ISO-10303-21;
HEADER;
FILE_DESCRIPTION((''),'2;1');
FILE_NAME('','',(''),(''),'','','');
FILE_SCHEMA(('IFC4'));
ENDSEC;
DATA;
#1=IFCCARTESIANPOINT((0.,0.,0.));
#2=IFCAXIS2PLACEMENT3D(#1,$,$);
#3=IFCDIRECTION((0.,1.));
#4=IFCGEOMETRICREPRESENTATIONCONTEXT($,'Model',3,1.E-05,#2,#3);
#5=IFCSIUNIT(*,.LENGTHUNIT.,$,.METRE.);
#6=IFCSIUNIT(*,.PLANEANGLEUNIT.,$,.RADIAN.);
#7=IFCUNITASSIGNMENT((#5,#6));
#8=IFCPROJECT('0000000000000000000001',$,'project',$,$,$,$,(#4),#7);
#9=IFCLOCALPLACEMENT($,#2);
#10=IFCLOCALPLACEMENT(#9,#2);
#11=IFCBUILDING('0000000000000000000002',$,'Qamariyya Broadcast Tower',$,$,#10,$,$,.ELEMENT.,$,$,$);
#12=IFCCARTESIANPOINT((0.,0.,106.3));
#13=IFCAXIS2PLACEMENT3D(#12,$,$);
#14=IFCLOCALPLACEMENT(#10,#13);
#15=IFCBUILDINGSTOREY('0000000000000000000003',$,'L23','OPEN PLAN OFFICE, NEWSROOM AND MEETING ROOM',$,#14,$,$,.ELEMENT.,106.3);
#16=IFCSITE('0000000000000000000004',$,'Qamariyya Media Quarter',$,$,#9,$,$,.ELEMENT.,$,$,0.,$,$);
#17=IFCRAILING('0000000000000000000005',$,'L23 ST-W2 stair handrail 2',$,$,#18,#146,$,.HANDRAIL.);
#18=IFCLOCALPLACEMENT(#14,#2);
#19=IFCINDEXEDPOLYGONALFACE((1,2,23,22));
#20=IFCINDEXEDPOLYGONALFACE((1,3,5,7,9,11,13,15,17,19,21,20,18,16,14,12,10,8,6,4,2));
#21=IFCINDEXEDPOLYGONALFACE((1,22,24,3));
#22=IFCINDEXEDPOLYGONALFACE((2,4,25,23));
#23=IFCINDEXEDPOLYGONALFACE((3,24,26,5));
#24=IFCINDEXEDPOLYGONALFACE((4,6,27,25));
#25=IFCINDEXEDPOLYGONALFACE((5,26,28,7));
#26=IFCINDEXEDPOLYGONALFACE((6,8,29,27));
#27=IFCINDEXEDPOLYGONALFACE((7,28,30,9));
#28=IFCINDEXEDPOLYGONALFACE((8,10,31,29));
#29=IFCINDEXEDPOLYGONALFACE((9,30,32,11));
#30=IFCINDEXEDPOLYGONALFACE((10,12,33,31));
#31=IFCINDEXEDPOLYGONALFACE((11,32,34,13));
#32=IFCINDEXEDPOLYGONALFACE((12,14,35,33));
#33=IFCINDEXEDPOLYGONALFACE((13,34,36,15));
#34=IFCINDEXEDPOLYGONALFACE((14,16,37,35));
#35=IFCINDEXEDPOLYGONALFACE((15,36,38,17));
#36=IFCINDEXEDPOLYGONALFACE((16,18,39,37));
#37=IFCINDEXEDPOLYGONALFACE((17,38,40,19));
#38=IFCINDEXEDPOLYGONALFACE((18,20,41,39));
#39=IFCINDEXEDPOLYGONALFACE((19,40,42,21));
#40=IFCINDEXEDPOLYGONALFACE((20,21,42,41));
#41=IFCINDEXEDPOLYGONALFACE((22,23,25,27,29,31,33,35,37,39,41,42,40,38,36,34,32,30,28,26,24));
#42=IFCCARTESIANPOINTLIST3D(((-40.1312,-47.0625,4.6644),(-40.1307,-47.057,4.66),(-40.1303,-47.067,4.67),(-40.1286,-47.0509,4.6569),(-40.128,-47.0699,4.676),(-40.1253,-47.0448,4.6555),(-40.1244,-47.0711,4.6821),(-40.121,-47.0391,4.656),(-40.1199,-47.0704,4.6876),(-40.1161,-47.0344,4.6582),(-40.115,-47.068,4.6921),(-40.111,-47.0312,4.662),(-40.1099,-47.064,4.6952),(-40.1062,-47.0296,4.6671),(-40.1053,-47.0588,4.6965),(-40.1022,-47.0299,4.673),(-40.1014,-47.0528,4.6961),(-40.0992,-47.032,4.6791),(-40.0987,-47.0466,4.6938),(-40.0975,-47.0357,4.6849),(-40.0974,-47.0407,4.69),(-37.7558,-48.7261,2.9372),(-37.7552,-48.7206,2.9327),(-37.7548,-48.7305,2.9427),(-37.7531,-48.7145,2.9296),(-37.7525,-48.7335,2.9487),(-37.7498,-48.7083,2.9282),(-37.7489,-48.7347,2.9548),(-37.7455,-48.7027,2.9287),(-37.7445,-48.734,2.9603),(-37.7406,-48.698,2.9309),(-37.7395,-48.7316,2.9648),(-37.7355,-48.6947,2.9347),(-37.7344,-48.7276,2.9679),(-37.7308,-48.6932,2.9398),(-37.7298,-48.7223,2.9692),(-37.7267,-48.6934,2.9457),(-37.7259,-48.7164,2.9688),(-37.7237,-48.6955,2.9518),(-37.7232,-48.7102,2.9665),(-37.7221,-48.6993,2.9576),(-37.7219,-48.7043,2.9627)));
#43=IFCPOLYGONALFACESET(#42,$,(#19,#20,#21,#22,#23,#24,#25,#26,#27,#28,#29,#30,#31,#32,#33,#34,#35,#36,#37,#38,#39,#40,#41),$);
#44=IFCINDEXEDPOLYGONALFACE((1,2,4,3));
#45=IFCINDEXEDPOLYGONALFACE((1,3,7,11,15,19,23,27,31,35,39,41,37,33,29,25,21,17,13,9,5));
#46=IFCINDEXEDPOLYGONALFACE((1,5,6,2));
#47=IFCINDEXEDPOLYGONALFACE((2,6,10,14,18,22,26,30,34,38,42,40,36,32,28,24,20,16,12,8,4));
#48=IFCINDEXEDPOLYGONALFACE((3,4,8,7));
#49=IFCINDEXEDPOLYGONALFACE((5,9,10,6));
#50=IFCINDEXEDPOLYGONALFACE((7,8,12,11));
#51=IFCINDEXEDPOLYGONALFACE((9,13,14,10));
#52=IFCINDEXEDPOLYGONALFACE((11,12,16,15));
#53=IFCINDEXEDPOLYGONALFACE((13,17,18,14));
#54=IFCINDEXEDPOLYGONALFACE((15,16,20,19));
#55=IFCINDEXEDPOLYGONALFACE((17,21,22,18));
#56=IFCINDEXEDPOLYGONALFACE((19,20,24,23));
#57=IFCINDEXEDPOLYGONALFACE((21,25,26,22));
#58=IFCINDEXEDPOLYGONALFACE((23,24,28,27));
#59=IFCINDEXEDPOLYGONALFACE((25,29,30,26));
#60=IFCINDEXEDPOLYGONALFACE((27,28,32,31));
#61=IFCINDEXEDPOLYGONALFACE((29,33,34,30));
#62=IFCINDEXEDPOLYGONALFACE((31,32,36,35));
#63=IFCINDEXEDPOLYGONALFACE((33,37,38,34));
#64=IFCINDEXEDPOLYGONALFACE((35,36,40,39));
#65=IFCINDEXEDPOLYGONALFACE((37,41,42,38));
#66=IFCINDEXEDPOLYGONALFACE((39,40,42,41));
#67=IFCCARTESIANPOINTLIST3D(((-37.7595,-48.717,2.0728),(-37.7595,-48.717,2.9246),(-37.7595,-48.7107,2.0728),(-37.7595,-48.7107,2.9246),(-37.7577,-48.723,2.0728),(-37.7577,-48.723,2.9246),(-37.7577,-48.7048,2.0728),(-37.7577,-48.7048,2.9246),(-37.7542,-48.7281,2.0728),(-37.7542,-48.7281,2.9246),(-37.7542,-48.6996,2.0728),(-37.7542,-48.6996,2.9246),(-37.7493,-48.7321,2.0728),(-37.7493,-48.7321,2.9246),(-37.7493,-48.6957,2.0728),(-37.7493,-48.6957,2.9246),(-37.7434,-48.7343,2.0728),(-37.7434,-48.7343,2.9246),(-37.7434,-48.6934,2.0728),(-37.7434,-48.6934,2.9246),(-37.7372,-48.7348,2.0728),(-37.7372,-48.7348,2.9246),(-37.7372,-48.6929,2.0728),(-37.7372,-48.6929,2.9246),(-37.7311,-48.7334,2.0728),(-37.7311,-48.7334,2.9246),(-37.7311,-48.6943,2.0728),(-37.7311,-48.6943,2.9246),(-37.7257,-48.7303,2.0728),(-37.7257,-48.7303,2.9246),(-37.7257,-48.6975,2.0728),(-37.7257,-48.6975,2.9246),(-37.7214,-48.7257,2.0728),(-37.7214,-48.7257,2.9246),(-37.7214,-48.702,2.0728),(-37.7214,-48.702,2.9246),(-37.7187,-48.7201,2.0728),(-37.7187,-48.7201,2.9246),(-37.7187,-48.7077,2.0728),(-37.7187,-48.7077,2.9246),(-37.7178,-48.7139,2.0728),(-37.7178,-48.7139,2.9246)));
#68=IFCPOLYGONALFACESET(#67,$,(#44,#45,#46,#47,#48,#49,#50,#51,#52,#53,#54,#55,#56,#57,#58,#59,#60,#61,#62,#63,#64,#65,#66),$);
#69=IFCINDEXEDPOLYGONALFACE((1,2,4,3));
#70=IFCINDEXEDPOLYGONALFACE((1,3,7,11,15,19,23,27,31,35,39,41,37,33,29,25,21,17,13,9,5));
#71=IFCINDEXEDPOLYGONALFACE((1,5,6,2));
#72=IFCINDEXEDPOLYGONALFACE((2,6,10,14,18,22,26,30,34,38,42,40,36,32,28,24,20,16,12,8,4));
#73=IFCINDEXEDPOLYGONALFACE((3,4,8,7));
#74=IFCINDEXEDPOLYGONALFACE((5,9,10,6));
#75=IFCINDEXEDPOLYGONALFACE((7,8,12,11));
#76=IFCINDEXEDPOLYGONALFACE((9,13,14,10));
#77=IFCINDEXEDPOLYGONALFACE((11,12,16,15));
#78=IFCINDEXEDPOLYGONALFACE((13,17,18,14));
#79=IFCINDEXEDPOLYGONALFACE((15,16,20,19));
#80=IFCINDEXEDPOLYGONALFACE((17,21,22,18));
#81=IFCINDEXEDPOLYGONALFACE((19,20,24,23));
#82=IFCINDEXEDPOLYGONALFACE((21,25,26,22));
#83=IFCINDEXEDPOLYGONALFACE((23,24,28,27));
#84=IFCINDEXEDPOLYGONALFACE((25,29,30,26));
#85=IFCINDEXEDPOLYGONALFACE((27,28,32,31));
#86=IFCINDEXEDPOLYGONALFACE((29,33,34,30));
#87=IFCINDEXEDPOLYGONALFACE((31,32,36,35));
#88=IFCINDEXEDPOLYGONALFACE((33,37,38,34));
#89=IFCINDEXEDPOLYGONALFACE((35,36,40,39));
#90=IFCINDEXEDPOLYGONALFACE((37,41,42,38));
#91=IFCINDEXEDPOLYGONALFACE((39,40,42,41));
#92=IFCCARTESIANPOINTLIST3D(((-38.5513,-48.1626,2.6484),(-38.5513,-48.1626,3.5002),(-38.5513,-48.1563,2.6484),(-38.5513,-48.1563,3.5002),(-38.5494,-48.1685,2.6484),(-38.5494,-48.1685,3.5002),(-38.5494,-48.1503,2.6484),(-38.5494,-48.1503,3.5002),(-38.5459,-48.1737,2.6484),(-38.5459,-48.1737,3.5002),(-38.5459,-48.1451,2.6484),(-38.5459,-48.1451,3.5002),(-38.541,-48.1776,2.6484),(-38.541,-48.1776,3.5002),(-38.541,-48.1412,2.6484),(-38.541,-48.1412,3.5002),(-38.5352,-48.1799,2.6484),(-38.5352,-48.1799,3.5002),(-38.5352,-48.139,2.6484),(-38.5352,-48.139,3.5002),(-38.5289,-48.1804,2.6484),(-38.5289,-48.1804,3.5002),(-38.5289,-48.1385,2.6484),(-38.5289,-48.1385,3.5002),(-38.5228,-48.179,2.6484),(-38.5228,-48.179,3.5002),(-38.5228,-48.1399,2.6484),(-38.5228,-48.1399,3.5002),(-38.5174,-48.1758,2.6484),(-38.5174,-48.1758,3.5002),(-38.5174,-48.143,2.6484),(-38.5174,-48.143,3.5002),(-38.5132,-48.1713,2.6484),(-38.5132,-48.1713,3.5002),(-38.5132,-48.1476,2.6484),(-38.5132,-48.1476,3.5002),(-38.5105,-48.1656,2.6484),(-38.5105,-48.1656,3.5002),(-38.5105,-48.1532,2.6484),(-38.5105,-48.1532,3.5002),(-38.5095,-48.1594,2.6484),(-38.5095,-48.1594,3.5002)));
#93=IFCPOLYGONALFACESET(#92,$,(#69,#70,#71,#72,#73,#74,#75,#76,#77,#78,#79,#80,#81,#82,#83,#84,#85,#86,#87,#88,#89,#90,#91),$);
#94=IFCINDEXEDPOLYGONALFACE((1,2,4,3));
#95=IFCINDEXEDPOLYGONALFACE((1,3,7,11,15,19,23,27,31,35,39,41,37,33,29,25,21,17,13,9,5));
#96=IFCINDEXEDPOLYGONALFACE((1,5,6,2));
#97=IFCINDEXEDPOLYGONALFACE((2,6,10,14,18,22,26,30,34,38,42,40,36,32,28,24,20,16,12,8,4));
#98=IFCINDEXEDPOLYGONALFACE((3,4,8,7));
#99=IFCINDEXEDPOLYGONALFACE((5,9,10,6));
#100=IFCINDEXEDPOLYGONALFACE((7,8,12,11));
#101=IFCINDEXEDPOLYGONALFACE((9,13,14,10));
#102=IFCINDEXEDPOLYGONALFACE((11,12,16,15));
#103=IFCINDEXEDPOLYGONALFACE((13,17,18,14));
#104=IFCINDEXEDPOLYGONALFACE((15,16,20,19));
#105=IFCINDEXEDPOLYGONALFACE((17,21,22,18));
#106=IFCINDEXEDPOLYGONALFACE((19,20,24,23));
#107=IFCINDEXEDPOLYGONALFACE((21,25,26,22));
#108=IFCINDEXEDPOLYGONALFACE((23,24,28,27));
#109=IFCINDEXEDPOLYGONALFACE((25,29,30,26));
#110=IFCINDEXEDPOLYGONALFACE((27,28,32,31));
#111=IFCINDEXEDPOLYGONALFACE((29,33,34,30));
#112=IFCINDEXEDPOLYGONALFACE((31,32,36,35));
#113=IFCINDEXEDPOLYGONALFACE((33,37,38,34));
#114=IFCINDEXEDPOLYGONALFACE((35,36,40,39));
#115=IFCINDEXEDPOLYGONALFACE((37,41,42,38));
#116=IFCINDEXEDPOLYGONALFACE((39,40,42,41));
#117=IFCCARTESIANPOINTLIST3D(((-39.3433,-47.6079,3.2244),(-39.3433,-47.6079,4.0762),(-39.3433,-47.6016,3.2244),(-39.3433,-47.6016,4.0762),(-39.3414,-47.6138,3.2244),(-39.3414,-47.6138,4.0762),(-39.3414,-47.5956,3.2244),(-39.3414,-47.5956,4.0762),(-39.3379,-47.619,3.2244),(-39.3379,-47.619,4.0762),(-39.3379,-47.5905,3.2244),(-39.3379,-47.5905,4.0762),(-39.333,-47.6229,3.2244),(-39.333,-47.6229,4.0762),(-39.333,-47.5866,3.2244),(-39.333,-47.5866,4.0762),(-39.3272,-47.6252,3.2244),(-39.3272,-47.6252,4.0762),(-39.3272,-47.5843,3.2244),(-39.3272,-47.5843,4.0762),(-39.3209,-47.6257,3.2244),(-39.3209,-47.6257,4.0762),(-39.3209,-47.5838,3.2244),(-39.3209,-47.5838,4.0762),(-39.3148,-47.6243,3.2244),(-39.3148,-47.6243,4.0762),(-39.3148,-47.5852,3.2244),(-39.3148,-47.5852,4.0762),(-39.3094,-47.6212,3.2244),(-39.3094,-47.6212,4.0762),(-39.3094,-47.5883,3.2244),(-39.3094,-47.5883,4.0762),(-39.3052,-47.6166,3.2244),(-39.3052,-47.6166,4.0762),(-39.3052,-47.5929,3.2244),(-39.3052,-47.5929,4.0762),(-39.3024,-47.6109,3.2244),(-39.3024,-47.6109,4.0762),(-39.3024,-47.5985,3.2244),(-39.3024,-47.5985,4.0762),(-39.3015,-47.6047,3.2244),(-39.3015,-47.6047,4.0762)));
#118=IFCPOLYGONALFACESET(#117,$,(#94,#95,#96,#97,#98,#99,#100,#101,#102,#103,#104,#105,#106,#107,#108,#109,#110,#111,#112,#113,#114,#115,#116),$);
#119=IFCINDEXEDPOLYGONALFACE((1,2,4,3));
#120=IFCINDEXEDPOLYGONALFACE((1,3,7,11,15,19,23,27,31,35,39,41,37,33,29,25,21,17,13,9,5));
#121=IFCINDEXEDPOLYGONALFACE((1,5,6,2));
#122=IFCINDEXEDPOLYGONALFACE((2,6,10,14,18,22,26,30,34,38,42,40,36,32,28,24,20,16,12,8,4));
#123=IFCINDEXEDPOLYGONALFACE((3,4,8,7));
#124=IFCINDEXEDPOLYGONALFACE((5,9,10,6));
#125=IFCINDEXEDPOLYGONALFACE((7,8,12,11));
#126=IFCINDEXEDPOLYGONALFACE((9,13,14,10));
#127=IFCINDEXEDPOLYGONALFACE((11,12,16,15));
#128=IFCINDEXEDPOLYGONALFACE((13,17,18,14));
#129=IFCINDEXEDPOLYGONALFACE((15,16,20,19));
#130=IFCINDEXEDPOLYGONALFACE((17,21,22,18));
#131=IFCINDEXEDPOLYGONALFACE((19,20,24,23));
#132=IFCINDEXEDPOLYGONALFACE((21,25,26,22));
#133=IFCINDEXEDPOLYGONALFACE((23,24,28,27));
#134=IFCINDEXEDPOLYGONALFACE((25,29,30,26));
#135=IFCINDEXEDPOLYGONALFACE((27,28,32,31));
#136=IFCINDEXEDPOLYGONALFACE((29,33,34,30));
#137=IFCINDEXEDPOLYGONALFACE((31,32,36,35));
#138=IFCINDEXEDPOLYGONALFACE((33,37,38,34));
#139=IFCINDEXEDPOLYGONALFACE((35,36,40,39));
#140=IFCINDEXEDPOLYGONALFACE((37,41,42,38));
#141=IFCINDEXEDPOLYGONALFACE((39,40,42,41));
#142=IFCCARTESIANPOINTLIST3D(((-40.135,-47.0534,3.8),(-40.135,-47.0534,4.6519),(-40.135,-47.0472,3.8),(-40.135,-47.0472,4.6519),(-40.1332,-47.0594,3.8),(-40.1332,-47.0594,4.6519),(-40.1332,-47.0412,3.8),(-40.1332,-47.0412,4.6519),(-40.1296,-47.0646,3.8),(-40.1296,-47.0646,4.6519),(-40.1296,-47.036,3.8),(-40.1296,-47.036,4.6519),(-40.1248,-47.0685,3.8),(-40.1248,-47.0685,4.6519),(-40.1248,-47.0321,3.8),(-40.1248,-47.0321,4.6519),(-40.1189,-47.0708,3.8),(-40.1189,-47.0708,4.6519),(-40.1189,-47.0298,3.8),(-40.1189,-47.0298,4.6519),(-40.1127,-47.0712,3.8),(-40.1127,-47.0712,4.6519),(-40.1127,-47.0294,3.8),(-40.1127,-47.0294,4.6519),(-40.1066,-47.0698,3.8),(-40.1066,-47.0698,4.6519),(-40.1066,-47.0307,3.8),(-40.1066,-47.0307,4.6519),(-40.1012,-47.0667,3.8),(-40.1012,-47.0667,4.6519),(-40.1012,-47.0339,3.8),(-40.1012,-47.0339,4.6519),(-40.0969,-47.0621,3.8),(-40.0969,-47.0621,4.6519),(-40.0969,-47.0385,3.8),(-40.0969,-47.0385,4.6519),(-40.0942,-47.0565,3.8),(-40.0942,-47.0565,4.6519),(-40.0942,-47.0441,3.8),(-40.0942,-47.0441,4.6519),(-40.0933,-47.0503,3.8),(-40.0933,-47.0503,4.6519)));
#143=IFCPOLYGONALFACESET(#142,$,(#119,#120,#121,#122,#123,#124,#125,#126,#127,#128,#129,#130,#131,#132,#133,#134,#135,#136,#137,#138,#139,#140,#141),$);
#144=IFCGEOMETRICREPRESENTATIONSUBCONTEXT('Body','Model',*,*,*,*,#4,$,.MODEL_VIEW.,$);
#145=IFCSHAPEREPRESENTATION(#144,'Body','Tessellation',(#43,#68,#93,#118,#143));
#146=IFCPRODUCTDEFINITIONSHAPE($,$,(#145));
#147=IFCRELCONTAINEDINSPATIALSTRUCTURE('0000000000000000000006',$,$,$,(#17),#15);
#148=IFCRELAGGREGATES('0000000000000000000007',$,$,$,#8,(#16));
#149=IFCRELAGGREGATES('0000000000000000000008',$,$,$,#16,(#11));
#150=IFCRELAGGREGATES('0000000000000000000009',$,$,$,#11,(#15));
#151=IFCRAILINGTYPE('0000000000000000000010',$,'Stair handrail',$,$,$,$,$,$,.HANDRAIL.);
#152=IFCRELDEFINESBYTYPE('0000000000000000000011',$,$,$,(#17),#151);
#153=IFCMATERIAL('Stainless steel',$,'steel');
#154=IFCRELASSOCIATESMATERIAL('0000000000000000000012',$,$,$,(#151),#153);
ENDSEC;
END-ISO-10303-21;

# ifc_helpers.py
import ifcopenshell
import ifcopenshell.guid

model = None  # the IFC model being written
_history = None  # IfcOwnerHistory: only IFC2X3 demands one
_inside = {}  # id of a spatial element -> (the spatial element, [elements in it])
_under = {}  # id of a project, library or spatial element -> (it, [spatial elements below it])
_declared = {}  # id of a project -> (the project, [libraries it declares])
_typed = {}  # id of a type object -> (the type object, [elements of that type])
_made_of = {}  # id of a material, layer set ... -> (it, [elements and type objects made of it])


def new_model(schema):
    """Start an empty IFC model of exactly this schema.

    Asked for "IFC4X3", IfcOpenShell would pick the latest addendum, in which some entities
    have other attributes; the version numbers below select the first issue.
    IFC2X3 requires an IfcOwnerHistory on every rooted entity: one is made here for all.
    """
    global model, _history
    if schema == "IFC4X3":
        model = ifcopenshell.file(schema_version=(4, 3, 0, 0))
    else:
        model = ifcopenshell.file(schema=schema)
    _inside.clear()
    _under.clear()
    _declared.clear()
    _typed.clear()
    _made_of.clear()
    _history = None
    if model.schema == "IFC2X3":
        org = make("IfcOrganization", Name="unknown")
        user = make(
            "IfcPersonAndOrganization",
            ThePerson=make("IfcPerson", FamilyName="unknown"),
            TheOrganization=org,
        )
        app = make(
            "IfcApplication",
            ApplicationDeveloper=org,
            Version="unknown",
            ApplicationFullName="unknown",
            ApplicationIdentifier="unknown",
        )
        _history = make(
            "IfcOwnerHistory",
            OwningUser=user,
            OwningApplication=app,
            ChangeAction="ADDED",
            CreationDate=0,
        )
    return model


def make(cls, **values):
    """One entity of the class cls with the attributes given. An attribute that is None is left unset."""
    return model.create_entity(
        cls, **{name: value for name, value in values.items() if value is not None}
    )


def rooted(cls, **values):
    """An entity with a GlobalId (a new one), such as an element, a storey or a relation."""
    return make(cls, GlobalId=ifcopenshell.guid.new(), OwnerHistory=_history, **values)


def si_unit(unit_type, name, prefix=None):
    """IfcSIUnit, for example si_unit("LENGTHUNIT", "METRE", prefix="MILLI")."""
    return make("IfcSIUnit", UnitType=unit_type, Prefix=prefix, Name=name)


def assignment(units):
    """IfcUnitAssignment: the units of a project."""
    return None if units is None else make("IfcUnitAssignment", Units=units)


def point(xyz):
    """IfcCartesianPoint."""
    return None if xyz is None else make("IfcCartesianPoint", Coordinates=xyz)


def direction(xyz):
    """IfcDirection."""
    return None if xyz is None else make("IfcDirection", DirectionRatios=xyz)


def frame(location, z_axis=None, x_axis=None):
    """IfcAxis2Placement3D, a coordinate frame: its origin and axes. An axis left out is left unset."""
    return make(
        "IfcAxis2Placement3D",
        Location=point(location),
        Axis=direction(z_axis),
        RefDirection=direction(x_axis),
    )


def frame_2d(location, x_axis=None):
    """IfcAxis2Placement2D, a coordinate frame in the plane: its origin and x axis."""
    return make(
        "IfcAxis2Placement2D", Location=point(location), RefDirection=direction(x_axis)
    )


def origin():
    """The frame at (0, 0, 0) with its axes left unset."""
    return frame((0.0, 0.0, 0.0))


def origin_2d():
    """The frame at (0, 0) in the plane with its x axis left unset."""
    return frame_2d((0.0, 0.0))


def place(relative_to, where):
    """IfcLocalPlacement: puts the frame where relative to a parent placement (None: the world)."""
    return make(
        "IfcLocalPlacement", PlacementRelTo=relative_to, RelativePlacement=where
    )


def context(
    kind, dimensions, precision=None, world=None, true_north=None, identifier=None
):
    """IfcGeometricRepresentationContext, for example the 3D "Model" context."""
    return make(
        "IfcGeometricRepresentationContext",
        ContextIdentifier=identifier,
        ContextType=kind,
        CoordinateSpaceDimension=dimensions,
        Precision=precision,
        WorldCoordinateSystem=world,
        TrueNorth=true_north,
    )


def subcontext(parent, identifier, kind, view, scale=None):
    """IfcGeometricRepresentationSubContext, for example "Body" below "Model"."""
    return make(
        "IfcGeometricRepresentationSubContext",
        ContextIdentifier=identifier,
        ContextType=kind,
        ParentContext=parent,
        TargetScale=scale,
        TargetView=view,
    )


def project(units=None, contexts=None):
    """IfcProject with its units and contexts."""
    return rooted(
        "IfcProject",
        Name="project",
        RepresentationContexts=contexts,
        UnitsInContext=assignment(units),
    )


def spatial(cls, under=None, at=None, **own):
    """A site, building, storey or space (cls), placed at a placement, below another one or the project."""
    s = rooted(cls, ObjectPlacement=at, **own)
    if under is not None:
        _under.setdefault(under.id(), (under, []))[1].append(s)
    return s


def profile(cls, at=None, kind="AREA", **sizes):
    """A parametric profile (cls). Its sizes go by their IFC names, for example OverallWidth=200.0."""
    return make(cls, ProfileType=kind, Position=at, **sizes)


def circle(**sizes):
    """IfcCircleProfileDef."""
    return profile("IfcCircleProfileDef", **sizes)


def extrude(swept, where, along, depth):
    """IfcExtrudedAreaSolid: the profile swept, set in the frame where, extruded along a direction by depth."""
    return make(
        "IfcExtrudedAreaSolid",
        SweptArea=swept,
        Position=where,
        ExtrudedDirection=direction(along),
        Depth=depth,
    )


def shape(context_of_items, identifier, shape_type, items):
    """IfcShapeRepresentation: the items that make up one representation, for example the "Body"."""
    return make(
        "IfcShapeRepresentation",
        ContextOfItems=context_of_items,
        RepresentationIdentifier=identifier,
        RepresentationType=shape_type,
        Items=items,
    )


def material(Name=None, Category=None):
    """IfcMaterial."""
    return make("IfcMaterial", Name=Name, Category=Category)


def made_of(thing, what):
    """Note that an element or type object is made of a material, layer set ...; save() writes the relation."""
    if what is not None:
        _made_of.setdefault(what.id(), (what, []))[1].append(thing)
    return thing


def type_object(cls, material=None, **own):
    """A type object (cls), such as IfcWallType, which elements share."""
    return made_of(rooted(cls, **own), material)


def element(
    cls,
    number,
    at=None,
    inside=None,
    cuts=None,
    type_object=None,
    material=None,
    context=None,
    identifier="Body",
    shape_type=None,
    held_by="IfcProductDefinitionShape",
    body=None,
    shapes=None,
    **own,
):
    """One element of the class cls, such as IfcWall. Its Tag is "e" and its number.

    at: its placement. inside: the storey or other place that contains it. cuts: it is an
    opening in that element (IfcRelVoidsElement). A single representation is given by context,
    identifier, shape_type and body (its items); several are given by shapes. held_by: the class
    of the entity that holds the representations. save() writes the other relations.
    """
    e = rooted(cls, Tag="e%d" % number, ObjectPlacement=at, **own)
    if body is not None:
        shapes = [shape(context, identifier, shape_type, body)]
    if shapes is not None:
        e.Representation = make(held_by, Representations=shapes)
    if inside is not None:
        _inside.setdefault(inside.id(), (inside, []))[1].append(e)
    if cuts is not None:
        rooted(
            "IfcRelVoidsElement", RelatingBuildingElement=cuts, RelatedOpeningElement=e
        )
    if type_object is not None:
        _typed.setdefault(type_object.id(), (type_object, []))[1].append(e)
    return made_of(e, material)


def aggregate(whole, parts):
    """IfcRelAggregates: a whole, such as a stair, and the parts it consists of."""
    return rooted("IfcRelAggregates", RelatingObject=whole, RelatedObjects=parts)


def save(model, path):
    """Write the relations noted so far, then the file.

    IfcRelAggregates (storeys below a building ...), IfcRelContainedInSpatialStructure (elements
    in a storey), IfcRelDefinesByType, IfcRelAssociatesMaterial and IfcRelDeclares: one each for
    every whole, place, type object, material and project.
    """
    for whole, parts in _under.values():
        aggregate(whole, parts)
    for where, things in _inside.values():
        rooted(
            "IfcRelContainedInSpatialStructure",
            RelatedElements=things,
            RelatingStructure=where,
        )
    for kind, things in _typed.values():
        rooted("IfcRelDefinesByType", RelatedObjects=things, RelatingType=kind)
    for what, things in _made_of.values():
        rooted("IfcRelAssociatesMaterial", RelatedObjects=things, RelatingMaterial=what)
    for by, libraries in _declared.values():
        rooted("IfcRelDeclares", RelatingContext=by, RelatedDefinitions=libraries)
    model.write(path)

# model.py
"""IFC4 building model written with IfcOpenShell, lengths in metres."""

from ifc_helpers import new_model, si_unit, direction, frame, origin, origin_2d, place, context, subcontext, project, spatial, circle, extrude, material, type_object, element, save


model = new_model("IFC4")

# Units and contexts
model_context = context("Model", 3, precision=1e-05, world=origin(), true_north=direction((0.0, 1.0)))
body_context = subcontext(model_context, "Body", "Model", "MODEL_VIEW")
ifc_project = project(units=[si_unit("LENGTHUNIT", "METRE"), si_unit("PLANEANGLEUNIT", "RADIAN")], contexts=[model_context])

# Site, building, storey
site_placement = place(None, origin())
site = spatial("IfcSite", under=ifc_project, at=site_placement, Name="Qamariyya Media Quarter", CompositionType="ELEMENT", RefElevation=0.0)
building_placement = place(site_placement, origin())
building = spatial("IfcBuilding", under=site, at=building_placement, Name="Qamariyya Broadcast Tower", CompositionType="ELEMENT")
storey_placement = place(building_placement, frame((0.0, 0.0, 106.3)))
storey = spatial("IfcBuildingStorey", under=building, at=storey_placement, Name="L23", Description="OPEN PLAN OFFICE, NEWSROOM AND MEETING ROOM", CompositionType="ELEMENT", Elevation=106.3)

# Railing
ifc_material_1 = material(Name="Stainless steel", Category="steel")
railing_type_1 = type_object("IfcRailingType", Name="Stair handrail", PredefinedType="HANDRAIL", material=ifc_material_1)
railing_1_placement = place(storey_placement, frame((-37.7388, -48.7139, 2.0728)))
element("IfcRailing", 1, at=railing_1_placement, inside=storey, type_object=railing_type_1, Name="L23 ST-W2 stair handrail 2", PredefinedType="HANDRAIL", context=body_context, shape_type="SweptSolid", body=[
    extrude(circle(Radius=0.0239, at=origin_2d()), frame((0.0, 0.0, 0.876), z_axis=(-0.703745, 0.492838, 0.511716), x_axis=(-0.573632, -0.819113, 0.0)), (0.0, 0.0, 1.0), 3.3755),
    extrude(circle(Radius=0.021, at=origin_2d()), origin(), (0.0, 0.0, 1.0), 0.8518),
    extrude(circle(Radius=0.021, at=origin_2d()), frame((-0.7917, 0.5544, 0.5757)), (0.0, 0.0, 1.0), 0.8518),
    extrude(circle(Radius=0.021, at=origin_2d()), frame((-1.5837, 1.1091, 1.1516)), (0.0, 0.0, 1.0), 0.8518),
    extrude(circle(Radius=0.021, at=origin_2d()), frame((-2.3755, 1.6636, 1.7273)), (0.0, 0.0, 1.0), 0.8518),
])

save(model, "model.ifc")
